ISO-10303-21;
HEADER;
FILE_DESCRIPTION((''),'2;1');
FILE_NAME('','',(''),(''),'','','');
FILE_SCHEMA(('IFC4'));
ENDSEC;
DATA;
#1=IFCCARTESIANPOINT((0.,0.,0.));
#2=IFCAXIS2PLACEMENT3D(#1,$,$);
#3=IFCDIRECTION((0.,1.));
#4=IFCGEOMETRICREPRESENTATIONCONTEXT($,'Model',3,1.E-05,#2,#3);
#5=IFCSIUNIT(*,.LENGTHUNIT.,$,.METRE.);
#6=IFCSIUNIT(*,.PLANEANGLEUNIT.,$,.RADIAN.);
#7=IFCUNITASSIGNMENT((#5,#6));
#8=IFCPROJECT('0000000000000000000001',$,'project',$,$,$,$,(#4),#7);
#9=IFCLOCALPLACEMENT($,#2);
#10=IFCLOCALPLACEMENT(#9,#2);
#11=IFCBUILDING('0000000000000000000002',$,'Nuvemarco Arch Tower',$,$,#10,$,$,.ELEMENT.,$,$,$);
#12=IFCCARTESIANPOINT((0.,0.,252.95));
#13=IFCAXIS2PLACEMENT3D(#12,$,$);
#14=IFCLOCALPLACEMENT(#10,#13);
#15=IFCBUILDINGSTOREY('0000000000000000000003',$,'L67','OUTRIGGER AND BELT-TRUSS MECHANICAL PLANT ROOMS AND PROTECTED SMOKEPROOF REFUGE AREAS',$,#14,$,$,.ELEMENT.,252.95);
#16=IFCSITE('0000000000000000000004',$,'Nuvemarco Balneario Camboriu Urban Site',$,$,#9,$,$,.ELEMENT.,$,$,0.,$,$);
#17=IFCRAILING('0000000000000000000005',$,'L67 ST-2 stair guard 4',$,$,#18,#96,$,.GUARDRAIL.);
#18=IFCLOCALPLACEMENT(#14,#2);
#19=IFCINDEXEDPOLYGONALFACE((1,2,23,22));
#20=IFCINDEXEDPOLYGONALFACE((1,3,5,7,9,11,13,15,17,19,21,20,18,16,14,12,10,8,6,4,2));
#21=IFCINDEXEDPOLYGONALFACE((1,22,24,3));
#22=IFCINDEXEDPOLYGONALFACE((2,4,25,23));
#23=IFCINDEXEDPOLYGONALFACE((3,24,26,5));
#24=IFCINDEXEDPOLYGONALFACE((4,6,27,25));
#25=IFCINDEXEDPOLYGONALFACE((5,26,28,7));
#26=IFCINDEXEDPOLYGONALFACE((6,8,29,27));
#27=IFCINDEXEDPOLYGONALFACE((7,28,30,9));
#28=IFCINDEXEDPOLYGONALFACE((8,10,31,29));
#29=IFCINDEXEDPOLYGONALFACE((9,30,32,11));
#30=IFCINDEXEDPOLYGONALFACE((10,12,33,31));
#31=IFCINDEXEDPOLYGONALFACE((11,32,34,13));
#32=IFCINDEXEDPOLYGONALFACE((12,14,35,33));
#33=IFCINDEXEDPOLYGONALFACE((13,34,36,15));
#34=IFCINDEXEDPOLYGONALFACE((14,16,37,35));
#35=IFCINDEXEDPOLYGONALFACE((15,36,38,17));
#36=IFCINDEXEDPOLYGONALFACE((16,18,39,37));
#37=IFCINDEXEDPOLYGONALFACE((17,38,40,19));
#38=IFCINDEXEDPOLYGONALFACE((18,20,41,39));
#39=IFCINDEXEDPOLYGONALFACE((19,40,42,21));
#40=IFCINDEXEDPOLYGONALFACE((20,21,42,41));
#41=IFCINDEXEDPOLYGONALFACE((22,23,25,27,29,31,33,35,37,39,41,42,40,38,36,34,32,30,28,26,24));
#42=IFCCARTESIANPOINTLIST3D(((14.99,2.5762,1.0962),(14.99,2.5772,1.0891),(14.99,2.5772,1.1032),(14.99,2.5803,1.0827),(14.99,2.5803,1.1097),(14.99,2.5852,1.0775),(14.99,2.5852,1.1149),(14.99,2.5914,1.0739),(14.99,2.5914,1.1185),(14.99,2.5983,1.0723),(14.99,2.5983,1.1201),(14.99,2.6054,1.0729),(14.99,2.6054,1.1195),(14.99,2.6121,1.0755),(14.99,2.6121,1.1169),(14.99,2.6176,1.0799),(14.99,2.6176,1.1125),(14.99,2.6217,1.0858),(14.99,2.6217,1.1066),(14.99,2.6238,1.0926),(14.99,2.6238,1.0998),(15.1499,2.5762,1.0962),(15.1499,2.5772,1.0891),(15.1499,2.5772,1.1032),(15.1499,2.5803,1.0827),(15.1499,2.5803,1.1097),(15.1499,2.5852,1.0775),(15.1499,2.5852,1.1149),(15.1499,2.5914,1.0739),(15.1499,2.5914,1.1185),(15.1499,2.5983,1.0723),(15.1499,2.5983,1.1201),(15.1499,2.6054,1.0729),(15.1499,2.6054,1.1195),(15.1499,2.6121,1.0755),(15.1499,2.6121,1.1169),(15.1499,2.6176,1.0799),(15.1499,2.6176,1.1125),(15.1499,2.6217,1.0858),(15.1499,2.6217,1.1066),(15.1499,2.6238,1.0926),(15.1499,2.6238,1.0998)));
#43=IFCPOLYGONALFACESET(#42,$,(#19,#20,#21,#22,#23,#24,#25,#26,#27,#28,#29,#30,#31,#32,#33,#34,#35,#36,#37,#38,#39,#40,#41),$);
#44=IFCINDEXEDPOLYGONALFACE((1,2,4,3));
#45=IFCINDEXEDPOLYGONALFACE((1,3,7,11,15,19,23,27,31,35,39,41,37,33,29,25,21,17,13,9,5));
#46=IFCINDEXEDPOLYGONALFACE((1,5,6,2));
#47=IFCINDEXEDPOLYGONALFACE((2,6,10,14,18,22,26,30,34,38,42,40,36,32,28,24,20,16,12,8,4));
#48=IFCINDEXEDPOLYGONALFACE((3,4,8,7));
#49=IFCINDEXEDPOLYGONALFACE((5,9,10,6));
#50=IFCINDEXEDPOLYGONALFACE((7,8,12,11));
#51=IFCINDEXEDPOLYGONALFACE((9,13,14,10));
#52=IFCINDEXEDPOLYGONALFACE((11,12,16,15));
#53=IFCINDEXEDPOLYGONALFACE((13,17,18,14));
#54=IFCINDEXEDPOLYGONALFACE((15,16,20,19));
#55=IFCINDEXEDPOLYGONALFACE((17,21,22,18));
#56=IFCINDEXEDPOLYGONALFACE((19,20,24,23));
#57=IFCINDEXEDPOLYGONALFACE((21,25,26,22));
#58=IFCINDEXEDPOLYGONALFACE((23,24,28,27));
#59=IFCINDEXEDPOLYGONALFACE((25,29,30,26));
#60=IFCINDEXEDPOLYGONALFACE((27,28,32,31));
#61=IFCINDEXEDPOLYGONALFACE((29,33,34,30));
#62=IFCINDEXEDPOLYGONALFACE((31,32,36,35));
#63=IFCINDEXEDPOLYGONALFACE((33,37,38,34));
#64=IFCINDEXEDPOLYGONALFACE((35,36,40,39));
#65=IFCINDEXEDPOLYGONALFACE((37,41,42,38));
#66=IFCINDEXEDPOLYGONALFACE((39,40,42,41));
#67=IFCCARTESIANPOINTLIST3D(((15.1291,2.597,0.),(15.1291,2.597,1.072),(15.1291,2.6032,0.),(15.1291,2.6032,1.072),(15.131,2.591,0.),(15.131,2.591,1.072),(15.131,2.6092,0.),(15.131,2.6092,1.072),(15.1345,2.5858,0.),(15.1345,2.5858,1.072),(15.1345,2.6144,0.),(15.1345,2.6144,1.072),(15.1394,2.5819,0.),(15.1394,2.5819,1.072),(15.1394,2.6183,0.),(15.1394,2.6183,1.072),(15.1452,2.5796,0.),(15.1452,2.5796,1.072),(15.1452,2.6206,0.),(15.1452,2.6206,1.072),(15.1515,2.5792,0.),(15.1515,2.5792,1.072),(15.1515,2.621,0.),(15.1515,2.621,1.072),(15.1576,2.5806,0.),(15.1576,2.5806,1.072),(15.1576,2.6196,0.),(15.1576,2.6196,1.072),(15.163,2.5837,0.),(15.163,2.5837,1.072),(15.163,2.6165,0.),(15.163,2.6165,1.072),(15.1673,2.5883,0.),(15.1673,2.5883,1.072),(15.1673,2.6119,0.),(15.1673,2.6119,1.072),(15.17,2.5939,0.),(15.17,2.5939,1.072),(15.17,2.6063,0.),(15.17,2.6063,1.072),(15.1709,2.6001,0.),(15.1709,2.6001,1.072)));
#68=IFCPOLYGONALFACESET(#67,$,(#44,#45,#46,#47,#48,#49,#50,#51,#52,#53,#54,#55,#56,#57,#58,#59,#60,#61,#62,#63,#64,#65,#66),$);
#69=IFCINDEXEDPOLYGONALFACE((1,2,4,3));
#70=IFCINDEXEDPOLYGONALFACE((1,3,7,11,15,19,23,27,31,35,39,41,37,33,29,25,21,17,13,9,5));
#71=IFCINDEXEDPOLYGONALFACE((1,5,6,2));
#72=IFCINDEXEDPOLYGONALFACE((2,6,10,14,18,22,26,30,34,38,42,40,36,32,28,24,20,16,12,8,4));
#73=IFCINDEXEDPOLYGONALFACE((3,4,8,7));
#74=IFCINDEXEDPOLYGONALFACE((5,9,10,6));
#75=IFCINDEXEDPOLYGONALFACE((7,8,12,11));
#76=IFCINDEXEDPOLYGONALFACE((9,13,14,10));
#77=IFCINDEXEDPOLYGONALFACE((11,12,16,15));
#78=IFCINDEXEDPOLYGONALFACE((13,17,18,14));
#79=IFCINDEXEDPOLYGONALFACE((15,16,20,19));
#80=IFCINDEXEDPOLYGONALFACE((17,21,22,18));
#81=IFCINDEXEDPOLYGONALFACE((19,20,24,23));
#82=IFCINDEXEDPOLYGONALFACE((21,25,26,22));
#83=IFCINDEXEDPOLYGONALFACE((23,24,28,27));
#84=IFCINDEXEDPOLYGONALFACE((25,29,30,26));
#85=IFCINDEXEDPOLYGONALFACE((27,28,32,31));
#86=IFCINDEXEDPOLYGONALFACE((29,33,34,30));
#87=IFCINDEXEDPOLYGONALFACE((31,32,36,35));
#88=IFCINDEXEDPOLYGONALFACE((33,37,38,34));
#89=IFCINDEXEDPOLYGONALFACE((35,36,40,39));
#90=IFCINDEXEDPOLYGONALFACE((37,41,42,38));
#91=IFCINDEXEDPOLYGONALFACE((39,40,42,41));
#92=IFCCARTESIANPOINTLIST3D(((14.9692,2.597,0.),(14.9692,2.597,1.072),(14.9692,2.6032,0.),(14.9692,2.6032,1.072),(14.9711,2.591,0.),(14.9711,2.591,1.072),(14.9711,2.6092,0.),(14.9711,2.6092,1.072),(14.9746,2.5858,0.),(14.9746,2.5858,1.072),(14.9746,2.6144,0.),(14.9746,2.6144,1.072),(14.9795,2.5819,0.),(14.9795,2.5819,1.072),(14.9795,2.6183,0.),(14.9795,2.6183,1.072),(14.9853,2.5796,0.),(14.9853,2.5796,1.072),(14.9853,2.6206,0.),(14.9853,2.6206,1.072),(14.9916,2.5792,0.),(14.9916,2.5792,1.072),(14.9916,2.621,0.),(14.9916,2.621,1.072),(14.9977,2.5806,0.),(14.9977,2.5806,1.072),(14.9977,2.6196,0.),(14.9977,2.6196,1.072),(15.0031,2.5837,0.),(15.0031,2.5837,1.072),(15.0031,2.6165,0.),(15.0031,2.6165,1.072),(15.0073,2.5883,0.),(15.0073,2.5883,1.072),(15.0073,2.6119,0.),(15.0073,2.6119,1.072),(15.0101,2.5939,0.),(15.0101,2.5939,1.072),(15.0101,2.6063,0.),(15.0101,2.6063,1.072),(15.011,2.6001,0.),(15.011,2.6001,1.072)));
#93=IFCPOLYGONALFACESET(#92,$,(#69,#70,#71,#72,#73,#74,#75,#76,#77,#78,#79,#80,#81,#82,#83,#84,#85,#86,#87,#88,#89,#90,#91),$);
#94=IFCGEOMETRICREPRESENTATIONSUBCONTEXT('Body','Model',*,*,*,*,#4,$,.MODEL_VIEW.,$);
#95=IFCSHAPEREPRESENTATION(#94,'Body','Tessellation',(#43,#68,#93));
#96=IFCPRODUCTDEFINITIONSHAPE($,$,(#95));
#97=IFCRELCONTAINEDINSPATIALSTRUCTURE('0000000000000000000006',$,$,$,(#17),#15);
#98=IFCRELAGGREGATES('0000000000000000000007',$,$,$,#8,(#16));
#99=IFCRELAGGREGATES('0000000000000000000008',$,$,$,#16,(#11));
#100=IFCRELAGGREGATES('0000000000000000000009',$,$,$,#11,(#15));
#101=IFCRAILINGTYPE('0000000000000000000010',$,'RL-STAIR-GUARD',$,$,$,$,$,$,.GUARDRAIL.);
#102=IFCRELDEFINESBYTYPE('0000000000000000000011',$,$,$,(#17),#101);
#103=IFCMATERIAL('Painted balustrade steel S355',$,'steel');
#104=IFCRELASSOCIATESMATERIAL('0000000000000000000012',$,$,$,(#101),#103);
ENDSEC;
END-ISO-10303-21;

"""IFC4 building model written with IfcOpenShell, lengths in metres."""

from ifc_helpers import new_model, si_unit, direction, frame, origin, origin_2d, place, context, subcontext, project, spatial, circle, extrude, material, type_object, element, save


model = new_model("IFC4")

# Units and contexts
model_context = context("Model", 3, precision=1e-05, world=origin(), true_north=direction((0.0, 1.0)))
body_context = subcontext(model_context, "Body", "Model", "MODEL_VIEW")
ifc_project = project(units=[si_unit("LENGTHUNIT", "METRE"), si_unit("PLANEANGLEUNIT", "RADIAN")], contexts=[model_context])

# Site, building, storey
site_placement = place(None, origin())
site = spatial("IfcSite", under=ifc_project, at=site_placement, Name="Nuvemarco Balneario Camboriu Urban Site", CompositionType="ELEMENT", RefElevation=0.0)
building_placement = place(site_placement, origin())
building = spatial("IfcBuilding", under=site, at=building_placement, Name="Nuvemarco Arch Tower", CompositionType="ELEMENT")
storey_placement = place(building_placement, frame((0.0, 0.0, 252.95)))
storey = spatial("IfcBuildingStorey", under=building, at=storey_placement, Name="L67", Description="OUTRIGGER AND BELT-TRUSS MECHANICAL PLANT ROOMS AND PROTECTED SMOKEPROOF REFUGE AREAS", CompositionType="ELEMENT", Elevation=252.95)

# Railing
ifc_material_1 = material(Name="Painted balustrade steel S355", Category="steel")
railing_type_1 = type_object("IfcRailingType", Name="RL-STAIR-GUARD", PredefinedType="GUARDRAIL", material=ifc_material_1)
railing_1_placement = place(storey_placement, frame((15.1499, 2.6001, 0.0)))
element("IfcRailing", 1, at=railing_1_placement, inside=storey, type_object=railing_type_1, Name="L67 ST-2 stair guard 4", PredefinedType="GUARDRAIL", context=body_context, shape_type="SweptSolid", body=[
    extrude(circle(Radius=0.0239, at=origin_2d()), frame((0.0, 0.0, 1.0962), z_axis=(-1.0, 0.0, 0.0), x_axis=(0.0, -1.0, 0.0)), (0.0, 0.0, 1.0), 0.1599),
    extrude(circle(Radius=0.021, at=origin_2d()), origin(), (0.0, 0.0, 1.0), 1.072),
    extrude(circle(Radius=0.021, at=origin_2d()), frame((-0.1599, 0.0, 0.0)), (0.0, 0.0, 1.0), 1.072),
])

save(model, "model.ifc")
